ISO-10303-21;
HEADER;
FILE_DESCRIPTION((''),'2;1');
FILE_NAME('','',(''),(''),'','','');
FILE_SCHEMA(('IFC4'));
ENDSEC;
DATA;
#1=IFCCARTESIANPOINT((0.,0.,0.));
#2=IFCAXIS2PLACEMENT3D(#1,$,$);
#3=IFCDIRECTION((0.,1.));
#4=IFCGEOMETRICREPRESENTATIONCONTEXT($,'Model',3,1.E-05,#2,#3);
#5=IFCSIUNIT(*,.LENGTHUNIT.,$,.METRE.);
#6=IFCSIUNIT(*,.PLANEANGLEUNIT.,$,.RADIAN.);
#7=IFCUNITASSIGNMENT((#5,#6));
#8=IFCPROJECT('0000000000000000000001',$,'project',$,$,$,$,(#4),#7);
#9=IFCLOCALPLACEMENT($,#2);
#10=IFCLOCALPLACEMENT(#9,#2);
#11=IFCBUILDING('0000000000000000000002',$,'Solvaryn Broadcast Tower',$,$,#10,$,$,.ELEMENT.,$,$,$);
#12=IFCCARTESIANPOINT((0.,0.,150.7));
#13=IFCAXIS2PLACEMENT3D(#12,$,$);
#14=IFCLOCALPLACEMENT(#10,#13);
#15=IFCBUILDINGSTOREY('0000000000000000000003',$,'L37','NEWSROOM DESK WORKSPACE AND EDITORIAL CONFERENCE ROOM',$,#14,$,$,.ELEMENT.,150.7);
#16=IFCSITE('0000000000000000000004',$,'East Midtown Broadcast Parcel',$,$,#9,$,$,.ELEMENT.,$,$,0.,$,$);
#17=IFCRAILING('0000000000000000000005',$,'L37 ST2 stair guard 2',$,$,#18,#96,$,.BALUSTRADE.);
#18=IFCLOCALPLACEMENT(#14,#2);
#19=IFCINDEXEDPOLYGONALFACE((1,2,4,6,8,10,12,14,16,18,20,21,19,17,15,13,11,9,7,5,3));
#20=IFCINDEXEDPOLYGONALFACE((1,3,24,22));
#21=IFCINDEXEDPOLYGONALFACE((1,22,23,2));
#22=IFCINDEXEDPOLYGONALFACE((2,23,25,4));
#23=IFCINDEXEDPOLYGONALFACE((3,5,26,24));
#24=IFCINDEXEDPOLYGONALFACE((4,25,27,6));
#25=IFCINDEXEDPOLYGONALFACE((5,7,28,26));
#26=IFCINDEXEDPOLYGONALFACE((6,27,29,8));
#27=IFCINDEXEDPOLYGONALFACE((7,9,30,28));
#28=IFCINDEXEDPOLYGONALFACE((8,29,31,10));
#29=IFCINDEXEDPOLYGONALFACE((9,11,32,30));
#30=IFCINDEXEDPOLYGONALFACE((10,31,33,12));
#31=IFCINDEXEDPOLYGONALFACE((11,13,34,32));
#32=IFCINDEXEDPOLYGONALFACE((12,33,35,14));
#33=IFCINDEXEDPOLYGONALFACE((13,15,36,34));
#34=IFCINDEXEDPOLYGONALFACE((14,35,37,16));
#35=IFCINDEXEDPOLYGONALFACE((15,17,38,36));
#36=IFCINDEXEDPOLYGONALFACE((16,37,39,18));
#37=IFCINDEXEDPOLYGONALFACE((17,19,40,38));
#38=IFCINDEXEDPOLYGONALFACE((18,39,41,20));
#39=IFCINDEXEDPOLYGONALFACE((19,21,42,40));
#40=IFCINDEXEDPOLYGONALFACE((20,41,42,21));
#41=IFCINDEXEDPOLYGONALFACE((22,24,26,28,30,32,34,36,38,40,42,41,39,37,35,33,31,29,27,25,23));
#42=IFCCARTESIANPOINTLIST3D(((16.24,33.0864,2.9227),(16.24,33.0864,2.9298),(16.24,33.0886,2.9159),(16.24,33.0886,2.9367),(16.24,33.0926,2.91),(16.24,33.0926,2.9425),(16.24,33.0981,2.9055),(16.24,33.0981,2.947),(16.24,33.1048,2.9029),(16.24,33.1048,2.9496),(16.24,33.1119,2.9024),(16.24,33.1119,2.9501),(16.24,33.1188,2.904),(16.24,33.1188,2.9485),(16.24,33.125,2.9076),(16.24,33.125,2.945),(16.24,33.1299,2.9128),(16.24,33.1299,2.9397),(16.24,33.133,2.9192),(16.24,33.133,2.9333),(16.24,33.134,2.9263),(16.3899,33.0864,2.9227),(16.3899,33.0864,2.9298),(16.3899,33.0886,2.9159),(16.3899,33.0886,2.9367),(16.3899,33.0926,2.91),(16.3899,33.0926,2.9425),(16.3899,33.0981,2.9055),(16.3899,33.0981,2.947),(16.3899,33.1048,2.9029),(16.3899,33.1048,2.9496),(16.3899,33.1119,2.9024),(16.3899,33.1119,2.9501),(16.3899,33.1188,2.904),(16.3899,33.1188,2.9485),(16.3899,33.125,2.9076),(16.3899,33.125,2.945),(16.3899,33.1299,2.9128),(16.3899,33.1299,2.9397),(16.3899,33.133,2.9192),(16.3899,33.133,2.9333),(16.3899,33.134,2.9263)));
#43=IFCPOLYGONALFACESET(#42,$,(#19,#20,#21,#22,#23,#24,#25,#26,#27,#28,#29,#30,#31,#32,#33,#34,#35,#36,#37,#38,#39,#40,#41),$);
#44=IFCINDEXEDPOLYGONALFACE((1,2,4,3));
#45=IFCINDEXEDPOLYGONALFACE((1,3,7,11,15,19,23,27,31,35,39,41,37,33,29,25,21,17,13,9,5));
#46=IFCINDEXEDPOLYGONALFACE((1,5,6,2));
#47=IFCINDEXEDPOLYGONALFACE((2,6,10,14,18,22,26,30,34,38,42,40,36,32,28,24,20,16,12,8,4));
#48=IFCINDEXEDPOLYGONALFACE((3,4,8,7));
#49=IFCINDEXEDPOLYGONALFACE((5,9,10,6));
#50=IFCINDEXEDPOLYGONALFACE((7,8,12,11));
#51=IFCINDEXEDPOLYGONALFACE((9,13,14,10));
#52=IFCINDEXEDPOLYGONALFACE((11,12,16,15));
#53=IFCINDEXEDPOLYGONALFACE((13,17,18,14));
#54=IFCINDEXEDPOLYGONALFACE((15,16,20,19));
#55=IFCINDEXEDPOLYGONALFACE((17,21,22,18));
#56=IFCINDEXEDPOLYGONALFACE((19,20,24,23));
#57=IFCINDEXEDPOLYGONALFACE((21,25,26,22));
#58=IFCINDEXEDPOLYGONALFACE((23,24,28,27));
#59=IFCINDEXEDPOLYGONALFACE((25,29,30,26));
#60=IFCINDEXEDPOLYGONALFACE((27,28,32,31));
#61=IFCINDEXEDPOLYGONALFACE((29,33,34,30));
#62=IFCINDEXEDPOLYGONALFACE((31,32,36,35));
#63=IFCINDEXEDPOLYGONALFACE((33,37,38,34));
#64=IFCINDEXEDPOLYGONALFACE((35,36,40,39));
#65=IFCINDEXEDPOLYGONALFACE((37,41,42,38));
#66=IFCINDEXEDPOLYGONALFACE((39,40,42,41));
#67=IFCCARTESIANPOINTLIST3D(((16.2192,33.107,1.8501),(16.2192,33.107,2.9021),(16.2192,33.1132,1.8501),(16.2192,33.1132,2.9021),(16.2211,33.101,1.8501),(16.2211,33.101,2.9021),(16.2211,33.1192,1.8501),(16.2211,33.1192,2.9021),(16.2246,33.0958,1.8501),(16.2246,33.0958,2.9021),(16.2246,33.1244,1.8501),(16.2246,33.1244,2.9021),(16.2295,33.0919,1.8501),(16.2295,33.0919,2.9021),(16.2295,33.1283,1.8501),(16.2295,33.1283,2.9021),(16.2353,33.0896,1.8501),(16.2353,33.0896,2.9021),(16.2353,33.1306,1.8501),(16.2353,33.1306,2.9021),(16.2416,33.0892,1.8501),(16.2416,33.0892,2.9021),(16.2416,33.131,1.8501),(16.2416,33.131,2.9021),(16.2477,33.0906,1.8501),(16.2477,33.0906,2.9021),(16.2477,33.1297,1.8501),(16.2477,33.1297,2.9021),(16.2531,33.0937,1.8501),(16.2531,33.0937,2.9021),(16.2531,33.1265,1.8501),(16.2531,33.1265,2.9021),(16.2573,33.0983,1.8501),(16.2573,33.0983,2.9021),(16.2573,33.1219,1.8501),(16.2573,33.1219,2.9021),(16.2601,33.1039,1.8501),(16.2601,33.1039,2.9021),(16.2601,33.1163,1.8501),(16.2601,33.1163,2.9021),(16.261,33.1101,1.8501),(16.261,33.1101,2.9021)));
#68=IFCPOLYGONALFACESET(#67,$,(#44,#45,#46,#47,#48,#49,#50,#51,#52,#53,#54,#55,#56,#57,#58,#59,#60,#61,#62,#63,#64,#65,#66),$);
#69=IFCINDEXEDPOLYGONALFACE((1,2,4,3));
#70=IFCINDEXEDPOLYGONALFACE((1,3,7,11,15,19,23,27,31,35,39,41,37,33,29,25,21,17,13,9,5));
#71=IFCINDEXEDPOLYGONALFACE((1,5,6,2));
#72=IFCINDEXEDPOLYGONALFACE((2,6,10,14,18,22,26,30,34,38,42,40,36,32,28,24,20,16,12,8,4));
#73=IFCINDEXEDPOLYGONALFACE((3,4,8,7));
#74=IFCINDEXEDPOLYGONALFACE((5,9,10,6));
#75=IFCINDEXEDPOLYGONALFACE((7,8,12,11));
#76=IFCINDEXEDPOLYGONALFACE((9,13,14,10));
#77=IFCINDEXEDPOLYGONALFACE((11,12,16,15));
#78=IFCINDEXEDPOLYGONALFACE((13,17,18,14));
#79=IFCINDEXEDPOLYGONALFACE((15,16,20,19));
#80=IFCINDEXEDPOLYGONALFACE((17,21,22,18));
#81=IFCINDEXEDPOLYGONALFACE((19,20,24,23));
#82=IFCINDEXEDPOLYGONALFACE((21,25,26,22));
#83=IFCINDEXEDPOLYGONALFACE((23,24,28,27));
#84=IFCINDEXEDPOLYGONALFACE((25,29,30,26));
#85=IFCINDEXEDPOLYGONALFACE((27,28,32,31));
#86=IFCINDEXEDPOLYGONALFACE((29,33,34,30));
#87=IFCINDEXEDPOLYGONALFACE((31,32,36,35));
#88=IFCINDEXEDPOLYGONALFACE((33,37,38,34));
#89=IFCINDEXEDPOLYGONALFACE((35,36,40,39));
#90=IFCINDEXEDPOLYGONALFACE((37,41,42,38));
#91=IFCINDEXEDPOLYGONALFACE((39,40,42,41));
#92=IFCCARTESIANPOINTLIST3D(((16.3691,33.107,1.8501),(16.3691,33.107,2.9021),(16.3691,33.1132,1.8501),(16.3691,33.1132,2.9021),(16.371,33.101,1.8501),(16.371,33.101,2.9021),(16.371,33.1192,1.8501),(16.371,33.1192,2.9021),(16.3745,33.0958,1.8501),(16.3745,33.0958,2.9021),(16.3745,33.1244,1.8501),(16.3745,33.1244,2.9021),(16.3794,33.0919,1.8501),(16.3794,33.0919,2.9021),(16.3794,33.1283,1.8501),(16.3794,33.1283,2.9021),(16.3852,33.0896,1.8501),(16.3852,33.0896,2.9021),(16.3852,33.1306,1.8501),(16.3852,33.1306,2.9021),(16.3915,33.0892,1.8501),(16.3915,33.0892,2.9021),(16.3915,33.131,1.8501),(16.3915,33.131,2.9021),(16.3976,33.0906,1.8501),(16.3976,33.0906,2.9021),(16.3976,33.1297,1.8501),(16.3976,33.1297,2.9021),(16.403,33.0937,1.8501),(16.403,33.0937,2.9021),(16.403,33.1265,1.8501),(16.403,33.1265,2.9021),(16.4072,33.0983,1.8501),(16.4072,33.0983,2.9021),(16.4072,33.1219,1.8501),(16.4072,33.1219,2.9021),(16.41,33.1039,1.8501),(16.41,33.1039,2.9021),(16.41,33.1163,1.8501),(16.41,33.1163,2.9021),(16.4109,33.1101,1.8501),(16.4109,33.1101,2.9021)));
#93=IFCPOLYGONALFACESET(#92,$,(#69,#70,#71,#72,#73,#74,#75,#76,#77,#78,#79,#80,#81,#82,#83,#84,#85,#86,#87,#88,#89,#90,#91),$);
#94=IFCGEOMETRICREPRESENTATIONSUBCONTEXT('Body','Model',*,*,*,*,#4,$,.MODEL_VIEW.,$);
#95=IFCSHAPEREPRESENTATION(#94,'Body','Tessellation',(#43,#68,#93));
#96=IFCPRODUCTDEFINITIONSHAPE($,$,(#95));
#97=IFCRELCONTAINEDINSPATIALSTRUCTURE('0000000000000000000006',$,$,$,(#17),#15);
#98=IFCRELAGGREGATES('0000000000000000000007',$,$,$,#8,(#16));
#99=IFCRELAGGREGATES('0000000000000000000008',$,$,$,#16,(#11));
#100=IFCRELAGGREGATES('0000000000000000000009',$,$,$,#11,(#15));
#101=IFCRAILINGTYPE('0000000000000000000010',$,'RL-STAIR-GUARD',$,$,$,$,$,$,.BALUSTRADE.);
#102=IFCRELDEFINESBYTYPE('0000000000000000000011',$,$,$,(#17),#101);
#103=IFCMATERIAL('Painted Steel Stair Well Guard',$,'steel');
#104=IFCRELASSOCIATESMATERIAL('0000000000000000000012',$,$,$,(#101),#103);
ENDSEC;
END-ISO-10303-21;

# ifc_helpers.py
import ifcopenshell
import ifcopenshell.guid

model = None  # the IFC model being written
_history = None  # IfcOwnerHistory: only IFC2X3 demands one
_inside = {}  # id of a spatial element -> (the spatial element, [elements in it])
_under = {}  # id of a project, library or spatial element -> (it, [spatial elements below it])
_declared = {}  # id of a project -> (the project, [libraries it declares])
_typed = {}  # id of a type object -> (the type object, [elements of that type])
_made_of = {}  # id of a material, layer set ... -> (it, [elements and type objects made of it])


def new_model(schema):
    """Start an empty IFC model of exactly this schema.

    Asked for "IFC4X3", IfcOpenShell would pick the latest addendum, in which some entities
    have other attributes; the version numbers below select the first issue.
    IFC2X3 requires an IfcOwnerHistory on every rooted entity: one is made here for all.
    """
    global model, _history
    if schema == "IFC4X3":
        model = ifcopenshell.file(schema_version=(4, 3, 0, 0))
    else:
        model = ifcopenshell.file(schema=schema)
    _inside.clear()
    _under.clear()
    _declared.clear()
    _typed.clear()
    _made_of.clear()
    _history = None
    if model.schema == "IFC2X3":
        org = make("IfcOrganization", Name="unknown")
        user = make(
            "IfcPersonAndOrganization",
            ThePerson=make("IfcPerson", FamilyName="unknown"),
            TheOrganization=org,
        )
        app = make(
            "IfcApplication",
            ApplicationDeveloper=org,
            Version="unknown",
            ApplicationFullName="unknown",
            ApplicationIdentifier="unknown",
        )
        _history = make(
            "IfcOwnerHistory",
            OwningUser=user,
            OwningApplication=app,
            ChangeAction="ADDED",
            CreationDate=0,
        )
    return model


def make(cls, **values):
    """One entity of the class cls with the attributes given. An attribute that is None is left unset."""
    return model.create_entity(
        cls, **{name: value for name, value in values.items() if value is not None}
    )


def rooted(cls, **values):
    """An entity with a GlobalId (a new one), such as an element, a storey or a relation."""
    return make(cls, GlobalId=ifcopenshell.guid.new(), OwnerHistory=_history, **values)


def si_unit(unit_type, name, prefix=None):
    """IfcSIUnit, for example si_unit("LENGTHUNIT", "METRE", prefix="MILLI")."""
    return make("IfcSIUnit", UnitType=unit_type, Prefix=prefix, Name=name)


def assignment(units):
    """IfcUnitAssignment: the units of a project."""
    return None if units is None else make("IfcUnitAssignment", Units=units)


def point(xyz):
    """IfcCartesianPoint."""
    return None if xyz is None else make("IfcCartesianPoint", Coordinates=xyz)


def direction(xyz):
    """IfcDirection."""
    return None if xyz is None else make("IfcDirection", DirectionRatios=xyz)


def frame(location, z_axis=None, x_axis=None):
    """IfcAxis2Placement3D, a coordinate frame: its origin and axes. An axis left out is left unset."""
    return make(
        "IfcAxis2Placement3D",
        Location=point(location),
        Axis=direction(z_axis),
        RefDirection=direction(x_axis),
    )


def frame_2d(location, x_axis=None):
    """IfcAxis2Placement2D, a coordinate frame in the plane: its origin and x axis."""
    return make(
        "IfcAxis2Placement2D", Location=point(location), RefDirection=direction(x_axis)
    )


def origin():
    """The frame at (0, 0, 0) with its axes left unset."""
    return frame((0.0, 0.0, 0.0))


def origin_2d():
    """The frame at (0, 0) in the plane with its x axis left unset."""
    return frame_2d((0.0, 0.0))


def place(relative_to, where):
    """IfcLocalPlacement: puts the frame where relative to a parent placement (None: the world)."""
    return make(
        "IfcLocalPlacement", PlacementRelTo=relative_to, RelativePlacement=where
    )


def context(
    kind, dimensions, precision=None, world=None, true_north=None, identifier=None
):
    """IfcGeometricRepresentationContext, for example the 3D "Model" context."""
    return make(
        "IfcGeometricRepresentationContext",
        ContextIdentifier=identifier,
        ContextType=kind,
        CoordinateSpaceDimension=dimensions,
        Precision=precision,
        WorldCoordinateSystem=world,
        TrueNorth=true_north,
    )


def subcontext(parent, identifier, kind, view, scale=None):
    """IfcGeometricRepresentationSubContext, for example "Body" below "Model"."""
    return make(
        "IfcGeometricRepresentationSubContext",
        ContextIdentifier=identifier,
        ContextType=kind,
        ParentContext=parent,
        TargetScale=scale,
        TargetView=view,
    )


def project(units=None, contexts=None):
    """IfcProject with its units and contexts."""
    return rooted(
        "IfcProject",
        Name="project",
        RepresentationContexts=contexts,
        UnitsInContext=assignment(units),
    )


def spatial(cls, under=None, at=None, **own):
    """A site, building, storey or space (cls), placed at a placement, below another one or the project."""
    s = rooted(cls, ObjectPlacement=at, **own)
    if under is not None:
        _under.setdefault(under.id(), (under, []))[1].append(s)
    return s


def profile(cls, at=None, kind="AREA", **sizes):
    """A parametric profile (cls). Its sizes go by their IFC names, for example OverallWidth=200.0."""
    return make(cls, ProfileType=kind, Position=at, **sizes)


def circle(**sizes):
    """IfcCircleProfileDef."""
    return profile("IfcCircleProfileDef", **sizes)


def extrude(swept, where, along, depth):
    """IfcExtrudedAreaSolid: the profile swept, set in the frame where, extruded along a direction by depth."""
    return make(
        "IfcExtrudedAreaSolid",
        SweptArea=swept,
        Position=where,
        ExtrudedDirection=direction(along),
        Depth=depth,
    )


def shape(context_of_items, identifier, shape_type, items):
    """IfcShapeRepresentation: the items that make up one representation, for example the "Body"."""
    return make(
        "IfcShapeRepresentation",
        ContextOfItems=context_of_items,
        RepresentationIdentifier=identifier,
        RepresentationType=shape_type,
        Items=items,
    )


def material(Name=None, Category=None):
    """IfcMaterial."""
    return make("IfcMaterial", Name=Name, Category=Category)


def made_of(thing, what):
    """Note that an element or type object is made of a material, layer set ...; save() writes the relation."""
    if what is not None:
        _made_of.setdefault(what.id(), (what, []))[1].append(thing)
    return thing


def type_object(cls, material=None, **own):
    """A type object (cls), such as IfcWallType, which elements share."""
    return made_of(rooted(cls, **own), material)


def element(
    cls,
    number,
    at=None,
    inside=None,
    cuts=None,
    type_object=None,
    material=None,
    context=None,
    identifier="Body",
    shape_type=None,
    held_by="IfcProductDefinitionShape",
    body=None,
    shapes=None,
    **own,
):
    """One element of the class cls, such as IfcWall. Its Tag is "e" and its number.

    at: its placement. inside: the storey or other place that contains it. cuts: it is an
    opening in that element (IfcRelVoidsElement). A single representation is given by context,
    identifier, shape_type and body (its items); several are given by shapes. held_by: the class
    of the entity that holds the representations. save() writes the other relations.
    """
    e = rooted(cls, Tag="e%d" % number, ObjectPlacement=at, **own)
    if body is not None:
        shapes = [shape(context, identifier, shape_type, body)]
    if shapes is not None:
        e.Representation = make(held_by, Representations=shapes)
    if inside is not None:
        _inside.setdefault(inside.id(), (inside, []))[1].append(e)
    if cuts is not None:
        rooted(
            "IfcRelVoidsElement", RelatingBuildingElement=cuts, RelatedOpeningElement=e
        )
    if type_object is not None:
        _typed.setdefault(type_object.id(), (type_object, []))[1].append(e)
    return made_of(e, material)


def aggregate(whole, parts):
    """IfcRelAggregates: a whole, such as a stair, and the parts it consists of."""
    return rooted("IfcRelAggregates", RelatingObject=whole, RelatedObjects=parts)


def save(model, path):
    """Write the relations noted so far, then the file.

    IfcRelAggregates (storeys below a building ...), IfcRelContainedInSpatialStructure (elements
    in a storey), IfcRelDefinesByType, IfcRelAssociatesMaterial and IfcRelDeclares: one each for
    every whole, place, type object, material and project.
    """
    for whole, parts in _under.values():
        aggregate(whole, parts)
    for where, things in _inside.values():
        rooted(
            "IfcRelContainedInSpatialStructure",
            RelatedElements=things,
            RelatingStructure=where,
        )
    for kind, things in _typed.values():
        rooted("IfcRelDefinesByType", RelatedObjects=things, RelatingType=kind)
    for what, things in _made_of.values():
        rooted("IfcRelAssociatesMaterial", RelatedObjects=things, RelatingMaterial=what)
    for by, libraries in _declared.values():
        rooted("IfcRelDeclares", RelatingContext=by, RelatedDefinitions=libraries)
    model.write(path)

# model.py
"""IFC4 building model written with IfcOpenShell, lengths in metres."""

from ifc_helpers import new_model, si_unit, direction, frame, origin, origin_2d, place, context, subcontext, project, spatial, circle, extrude, material, type_object, element, save


model = new_model("IFC4")

# Units and contexts
model_context = context("Model", 3, precision=1e-05, world=origin(), true_north=direction((0.0, 1.0)))
body_context = subcontext(model_context, "Body", "Model", "MODEL_VIEW")
ifc_project = project(units=[si_unit("LENGTHUNIT", "METRE"), si_unit("PLANEANGLEUNIT", "RADIAN")], contexts=[model_context])

# Site, building, storey
site_placement = place(None, origin())
site = spatial("IfcSite", under=ifc_project, at=site_placement, Name="East Midtown Broadcast Parcel", CompositionType="ELEMENT", RefElevation=0.0)
building_placement = place(site_placement, origin())
building = spatial("IfcBuilding", under=site, at=building_placement, Name="Solvaryn Broadcast Tower", CompositionType="ELEMENT")
storey_placement = place(building_placement, frame((0.0, 0.0, 150.7)))
storey = spatial("IfcBuildingStorey", under=building, at=storey_placement, Name="L37", Description="NEWSROOM DESK WORKSPACE AND EDITORIAL CONFERENCE ROOM", CompositionType="ELEMENT", Elevation=150.7)

# Railing
ifc_material_1 = material(Name="Painted Steel Stair Well Guard", Category="steel")
railing_type_1 = type_object("IfcRailingType", Name="RL-STAIR-GUARD", PredefinedType="BALUSTRADE", material=ifc_material_1)
railing_1_placement = place(storey_placement, frame((16.24, 33.1101, 1.8501)))
element("IfcRailing", 1, at=railing_1_placement, inside=storey, type_object=railing_type_1, Name="L37 ST2 stair guard 2", PredefinedType="BALUSTRADE", context=body_context, shape_type="SweptSolid", body=[
    extrude(circle(Radius=0.0239, at=origin_2d()), frame((0.0, 0.0, 1.0762), z_axis=(1.0, 0.0, 0.0), x_axis=(0.0, 1.0, 0.0)), (0.0, 0.0, 1.0), 0.1499),
    extrude(circle(Radius=0.021, at=origin_2d()), origin(), (0.0, 0.0, 1.0), 1.052),
    extrude(circle(Radius=0.021, at=origin_2d()), frame((0.1499, 0.0, 0.0)), (0.0, 0.0, 1.0), 1.052),
])

save(model, "model.ifc")
